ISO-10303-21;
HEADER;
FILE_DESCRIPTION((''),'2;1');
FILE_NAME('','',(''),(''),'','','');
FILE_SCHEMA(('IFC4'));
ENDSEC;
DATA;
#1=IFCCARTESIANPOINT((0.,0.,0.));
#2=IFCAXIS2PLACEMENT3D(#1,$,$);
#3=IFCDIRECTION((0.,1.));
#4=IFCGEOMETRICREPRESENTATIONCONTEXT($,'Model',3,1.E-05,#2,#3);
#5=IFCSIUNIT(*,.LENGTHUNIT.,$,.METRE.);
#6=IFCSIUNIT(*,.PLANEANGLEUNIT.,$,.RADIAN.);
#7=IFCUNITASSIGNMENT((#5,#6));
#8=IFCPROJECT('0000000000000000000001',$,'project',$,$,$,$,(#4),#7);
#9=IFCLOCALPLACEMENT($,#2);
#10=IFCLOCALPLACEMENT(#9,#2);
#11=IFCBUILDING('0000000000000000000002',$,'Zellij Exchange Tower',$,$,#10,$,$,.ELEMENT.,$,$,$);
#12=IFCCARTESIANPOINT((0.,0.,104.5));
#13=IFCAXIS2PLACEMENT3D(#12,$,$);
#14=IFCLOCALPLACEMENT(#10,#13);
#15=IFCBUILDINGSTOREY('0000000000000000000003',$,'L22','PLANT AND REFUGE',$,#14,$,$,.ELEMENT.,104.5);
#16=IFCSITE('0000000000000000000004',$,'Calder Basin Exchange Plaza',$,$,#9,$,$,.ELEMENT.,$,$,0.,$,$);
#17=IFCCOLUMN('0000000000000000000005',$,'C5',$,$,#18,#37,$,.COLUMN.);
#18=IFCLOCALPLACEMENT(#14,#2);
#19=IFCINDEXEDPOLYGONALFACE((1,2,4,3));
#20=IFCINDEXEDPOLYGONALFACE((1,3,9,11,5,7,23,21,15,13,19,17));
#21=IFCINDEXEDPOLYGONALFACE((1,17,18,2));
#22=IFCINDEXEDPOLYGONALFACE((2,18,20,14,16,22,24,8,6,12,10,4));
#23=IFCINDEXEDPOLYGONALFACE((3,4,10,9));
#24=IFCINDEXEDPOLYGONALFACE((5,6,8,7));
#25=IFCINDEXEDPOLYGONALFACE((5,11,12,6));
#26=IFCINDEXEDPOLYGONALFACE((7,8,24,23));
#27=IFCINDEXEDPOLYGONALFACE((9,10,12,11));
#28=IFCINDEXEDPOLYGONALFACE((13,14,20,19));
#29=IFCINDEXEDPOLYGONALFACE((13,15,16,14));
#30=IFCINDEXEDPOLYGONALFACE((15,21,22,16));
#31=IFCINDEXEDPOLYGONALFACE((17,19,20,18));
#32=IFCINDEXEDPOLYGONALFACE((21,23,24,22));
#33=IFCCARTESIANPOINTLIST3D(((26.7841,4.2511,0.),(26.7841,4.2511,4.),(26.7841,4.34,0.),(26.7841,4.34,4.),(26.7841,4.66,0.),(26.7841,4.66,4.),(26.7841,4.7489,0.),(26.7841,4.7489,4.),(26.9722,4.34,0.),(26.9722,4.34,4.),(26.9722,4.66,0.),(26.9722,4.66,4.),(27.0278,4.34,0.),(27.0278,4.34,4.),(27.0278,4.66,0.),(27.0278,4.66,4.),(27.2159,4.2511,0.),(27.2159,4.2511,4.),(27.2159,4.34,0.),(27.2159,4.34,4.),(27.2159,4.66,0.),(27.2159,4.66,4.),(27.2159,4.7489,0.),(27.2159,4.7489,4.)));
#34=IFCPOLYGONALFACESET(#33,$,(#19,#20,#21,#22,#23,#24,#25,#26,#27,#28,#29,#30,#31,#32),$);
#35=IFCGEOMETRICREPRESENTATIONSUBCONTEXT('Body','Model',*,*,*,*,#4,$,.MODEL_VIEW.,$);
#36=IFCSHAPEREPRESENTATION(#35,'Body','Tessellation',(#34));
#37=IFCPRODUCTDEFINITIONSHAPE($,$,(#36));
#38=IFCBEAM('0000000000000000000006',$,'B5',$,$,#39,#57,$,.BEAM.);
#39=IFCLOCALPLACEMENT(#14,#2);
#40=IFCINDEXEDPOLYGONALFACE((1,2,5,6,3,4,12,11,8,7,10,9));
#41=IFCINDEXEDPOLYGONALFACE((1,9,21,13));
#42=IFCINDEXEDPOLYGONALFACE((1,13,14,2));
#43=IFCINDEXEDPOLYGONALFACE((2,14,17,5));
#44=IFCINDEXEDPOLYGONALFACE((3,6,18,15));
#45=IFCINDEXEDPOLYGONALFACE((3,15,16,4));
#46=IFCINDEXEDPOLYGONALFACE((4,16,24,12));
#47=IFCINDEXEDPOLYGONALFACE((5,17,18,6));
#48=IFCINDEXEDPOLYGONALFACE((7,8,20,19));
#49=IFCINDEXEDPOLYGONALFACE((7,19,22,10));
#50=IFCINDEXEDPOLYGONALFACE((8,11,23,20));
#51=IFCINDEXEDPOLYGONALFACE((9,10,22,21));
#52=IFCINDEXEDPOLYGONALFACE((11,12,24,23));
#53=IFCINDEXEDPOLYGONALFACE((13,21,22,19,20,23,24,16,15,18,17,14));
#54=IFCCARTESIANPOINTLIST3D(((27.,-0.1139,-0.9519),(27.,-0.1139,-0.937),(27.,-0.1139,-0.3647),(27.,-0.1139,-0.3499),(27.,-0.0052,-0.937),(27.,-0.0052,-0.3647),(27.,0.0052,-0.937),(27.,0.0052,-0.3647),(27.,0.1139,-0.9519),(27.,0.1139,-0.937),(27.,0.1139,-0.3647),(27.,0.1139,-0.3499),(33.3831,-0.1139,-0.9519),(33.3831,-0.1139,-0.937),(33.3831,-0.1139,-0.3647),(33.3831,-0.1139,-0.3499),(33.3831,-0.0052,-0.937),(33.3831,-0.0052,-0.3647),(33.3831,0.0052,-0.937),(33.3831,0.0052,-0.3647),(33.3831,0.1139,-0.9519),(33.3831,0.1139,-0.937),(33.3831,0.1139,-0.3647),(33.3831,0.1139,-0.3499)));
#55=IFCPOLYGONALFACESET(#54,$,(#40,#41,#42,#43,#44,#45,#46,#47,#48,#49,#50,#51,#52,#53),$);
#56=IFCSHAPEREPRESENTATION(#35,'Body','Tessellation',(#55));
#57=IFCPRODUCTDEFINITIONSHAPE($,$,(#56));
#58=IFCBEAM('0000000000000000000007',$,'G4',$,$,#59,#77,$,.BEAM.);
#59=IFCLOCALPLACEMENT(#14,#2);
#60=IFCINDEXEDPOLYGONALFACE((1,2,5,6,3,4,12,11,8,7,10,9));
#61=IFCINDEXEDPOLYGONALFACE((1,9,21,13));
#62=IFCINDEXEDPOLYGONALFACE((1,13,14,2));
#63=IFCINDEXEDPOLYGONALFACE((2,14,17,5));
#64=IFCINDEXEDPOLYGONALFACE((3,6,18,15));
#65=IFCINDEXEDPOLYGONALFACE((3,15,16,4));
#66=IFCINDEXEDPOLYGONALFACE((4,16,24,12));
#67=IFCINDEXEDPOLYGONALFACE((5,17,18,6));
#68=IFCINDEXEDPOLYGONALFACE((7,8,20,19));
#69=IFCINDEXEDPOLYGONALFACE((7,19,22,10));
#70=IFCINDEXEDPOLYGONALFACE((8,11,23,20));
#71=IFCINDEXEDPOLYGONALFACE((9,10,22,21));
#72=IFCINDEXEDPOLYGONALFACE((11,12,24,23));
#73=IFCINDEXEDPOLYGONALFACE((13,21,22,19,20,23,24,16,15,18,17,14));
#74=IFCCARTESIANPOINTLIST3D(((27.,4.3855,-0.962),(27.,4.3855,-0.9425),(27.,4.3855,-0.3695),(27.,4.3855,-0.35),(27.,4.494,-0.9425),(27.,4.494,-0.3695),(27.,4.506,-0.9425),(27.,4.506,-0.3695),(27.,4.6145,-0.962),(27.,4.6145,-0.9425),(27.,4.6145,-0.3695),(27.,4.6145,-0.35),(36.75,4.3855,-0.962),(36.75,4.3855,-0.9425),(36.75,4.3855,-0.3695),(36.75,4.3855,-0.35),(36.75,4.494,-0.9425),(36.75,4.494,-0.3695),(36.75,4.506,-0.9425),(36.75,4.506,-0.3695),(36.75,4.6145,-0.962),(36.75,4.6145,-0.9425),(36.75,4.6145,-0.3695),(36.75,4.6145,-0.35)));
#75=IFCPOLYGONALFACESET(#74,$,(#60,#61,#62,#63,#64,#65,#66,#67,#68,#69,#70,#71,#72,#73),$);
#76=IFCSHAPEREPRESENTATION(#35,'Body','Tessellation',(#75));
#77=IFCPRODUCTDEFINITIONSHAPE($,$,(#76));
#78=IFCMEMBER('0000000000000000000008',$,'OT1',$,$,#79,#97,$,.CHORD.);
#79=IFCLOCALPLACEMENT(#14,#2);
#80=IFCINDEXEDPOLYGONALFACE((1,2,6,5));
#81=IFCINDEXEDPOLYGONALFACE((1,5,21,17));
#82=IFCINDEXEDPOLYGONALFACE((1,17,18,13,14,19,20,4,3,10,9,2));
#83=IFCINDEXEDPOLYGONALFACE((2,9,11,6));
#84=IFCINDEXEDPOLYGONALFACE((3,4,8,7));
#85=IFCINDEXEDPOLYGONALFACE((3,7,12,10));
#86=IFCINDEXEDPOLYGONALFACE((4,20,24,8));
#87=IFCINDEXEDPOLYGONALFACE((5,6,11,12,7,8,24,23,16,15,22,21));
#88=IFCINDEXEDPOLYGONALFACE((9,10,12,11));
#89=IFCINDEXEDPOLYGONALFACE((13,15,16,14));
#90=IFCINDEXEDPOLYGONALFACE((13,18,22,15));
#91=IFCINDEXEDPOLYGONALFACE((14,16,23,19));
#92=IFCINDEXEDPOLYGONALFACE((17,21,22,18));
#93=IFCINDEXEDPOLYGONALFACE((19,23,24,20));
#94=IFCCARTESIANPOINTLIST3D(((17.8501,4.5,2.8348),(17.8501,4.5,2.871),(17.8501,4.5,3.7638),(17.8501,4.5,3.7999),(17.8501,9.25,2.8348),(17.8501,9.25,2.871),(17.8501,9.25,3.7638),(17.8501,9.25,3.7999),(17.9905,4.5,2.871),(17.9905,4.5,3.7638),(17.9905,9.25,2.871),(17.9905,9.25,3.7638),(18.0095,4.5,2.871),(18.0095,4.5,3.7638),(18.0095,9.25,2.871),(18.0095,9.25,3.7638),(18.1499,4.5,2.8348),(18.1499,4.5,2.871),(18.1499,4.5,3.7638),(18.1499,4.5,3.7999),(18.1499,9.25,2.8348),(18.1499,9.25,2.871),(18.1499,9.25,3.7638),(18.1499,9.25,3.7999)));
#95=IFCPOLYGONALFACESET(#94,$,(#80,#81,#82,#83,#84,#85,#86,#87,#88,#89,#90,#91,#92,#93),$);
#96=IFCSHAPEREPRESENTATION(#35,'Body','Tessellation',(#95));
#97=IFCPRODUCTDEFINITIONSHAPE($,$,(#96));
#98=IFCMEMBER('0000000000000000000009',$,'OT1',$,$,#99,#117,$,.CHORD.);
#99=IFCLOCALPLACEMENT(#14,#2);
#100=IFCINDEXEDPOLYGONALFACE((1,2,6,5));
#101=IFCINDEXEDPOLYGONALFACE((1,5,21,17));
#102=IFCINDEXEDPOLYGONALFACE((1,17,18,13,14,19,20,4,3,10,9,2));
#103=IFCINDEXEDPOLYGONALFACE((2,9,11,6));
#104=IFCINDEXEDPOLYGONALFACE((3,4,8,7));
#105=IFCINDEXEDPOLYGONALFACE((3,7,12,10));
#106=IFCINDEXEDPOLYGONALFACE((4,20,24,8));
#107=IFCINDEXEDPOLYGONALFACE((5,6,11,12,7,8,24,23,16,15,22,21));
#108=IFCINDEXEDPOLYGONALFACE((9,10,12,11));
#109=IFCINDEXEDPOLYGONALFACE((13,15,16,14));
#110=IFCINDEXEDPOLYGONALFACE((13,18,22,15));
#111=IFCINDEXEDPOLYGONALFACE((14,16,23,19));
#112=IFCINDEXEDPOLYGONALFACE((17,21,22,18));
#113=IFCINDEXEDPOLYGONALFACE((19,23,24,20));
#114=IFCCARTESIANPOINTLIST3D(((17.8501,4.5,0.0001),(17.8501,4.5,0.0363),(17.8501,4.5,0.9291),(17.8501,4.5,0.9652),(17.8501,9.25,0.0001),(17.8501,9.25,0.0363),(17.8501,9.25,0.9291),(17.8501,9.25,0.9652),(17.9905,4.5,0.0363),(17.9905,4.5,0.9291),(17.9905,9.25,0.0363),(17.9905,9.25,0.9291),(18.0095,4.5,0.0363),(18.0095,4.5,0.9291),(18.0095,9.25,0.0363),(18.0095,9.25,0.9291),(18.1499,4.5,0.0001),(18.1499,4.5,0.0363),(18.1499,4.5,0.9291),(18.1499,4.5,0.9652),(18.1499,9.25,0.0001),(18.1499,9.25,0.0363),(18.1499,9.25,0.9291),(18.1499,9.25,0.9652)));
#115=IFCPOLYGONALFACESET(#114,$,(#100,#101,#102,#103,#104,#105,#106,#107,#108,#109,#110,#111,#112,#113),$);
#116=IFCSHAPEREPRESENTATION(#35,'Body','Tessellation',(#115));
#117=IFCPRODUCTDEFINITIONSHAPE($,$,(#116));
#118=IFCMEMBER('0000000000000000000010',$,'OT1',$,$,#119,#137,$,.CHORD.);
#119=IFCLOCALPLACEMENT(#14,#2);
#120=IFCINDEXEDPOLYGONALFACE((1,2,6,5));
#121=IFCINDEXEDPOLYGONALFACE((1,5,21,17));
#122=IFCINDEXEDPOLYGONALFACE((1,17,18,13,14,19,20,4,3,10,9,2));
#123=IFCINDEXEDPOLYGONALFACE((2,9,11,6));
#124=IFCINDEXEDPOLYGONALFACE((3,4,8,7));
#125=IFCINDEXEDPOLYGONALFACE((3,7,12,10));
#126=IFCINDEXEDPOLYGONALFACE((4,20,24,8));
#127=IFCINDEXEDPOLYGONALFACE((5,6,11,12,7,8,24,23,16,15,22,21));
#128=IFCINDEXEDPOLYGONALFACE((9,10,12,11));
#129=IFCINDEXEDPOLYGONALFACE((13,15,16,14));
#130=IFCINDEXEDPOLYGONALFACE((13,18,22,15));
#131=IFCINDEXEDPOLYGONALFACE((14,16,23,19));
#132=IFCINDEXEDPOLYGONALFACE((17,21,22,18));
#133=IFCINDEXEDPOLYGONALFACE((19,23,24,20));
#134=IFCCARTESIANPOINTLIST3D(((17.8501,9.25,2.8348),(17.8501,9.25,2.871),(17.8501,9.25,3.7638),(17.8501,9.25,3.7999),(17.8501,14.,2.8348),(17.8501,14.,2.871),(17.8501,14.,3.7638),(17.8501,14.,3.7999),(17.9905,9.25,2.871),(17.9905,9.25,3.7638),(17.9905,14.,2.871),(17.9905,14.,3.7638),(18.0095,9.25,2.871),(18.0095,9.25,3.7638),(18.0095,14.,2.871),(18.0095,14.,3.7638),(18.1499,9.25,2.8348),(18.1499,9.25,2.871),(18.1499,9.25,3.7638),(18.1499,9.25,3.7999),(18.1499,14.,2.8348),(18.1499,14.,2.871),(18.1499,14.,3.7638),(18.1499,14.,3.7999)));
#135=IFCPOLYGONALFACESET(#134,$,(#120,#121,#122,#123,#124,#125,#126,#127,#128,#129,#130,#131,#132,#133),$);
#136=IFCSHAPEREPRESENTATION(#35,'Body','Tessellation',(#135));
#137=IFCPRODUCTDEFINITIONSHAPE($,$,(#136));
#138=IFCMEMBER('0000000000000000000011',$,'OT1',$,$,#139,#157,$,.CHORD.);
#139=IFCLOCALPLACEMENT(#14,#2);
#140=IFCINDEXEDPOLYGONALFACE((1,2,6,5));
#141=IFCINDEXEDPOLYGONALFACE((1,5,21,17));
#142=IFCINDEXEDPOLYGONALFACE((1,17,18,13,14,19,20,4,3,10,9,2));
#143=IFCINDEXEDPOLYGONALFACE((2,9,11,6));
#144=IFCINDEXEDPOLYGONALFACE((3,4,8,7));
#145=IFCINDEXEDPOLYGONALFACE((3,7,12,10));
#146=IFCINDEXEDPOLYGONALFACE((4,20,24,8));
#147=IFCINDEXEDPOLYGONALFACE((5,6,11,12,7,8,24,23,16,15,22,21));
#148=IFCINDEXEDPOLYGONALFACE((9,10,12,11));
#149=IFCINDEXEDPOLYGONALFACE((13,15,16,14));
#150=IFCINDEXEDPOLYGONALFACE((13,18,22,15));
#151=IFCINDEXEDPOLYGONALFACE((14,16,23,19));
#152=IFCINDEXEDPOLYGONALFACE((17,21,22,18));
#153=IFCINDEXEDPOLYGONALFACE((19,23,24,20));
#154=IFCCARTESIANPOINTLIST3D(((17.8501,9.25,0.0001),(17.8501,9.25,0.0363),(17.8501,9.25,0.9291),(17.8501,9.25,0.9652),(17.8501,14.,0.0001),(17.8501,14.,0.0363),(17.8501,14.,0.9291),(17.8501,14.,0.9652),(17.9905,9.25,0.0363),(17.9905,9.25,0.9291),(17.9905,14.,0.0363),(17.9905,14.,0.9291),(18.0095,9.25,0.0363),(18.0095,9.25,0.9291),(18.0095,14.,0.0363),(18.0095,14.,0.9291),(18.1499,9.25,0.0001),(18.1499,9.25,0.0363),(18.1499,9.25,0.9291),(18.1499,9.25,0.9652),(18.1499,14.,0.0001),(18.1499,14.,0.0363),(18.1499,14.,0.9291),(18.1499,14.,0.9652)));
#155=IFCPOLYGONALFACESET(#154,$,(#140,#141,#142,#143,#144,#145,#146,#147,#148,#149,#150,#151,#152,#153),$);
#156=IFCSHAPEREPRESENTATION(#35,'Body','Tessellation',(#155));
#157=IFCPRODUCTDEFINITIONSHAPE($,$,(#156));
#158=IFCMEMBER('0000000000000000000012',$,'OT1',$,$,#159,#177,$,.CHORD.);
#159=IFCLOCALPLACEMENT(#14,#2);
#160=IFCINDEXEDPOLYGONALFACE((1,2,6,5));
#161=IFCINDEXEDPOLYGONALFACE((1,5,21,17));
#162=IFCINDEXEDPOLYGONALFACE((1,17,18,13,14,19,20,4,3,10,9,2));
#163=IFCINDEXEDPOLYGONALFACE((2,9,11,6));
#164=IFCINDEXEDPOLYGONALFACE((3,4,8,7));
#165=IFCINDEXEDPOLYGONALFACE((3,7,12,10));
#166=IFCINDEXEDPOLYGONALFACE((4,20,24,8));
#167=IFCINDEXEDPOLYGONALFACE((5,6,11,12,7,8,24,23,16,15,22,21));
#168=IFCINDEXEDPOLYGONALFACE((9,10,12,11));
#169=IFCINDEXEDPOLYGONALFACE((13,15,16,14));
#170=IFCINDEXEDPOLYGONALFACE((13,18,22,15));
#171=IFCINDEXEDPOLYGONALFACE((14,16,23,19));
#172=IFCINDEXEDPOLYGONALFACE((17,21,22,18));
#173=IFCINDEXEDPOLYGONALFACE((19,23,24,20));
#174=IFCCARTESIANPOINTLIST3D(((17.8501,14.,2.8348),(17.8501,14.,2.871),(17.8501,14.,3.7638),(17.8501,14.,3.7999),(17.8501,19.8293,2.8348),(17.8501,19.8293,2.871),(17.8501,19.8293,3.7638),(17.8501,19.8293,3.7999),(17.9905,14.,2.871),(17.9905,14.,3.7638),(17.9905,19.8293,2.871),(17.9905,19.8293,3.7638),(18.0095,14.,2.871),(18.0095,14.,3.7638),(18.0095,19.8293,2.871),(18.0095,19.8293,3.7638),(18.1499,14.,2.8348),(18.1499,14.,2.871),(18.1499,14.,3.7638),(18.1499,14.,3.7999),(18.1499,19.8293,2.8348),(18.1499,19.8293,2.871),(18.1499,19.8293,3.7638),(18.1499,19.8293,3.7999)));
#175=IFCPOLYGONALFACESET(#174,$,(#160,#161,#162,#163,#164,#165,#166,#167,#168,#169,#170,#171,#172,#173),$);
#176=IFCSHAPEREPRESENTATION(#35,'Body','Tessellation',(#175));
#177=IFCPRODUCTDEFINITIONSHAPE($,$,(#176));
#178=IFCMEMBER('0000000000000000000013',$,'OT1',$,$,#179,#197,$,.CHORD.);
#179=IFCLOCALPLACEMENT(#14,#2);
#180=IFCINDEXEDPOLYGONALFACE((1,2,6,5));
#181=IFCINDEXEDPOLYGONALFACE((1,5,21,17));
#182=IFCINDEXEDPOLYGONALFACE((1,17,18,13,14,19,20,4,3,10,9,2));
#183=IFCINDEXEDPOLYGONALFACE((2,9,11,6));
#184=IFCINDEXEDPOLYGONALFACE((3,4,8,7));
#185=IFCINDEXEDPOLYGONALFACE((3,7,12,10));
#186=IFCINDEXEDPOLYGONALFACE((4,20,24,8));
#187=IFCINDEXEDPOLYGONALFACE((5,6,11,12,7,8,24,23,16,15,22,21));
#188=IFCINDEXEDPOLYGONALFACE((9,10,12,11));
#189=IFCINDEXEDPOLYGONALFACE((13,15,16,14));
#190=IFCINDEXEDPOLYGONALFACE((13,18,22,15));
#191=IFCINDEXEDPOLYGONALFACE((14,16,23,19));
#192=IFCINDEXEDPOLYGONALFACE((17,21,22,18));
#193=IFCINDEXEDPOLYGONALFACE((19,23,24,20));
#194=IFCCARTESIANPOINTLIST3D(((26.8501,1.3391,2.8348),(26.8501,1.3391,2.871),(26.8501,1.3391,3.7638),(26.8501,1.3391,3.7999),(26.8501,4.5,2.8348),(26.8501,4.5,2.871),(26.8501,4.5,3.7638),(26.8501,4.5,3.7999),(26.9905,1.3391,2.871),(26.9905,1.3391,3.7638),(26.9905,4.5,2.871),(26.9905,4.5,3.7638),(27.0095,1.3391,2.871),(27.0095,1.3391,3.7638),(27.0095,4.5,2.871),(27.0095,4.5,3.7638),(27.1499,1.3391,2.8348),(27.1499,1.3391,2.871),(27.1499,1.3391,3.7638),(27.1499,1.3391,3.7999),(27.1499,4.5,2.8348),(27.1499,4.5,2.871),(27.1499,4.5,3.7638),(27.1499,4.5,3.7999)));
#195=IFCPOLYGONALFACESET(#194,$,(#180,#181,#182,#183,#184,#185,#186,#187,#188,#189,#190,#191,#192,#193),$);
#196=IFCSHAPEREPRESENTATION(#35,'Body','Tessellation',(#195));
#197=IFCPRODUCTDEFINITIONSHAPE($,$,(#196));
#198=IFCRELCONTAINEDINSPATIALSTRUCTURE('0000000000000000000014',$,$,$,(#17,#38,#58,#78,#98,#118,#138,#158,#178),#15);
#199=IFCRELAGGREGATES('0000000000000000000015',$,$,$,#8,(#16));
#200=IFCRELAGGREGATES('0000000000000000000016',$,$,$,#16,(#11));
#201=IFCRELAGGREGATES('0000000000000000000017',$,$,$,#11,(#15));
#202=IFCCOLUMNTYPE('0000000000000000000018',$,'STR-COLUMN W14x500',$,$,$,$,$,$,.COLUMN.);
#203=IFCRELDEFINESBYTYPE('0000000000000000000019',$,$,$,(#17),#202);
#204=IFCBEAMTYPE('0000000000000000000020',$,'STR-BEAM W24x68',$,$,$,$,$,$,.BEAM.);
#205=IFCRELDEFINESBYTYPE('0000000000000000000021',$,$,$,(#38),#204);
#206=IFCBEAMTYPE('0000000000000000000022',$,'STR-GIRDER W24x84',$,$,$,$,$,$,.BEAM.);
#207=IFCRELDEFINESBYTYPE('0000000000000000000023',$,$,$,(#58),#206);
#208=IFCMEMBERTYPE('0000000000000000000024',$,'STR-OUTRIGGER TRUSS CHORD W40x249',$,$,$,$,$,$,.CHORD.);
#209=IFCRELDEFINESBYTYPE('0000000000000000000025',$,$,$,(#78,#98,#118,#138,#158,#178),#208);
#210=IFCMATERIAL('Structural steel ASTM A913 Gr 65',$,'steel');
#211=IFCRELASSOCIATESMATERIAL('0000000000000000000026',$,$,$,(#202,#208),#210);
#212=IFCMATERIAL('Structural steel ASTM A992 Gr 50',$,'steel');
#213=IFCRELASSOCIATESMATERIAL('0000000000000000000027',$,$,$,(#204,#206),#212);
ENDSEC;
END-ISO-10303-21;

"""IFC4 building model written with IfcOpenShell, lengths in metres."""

from ifc_helpers import new_model, si_unit, direction, frame, origin, origin_2d, place, context, subcontext, project, spatial, i_section, extrude, material, material_profile, profile_set, type_object, element, save


model = new_model("IFC4")

# Units and contexts
model_context = context("Model", 3, precision=1e-05, world=origin(), true_north=direction((0.0, 1.0)))
body_context = subcontext(model_context, "Body", "Model", "MODEL_VIEW")
ifc_project = project(units=[si_unit("LENGTHUNIT", "METRE"), si_unit("PLANEANGLEUNIT", "RADIAN")], contexts=[model_context])

# Site, building, storey
site_placement = place(None, origin())
site = spatial("IfcSite", under=ifc_project, at=site_placement, Name="Calder Basin Exchange Plaza", CompositionType="ELEMENT", RefElevation=0.0)
building_placement = place(site_placement, origin())
building = spatial("IfcBuilding", under=site, at=building_placement, Name="Zellij Exchange Tower", CompositionType="ELEMENT")
storey_placement = place(building_placement, frame((0.0, 0.0, 104.5)))
storey = spatial("IfcBuildingStorey", under=building, at=storey_placement, Name="L22", Description="PLANT AND REFUGE", CompositionType="ELEMENT", Elevation=104.5)

# Column
ifc_material_1 = material(Name="Structural steel ASTM A913 Gr 65", Category="steel")
ifc_material_profile_1 = material_profile(ifc_material_1, i_section(OverallWidth=0.4319, OverallDepth=0.4978, WebThickness=0.0557, FlangeThickness=0.0889, at=origin_2d()), Name="W14x500")
ifc_profile_set_1 = profile_set([ifc_material_profile_1], Name="Structural steel ASTM A913 Gr 65")
column_type = type_object("IfcColumnType", Name="STR-COLUMN W14x500", PredefinedType="COLUMN", material=ifc_profile_set_1)
column_placement = place(storey_placement, frame((27.0, 4.5, 0.0), z_axis=(0.0, 0.0, 1.0), x_axis=(1.0, 0.0, 0.0)))
element("IfcColumn", 1, at=column_placement, inside=storey, type_object=column_type, Name="C5", PredefinedType="COLUMN", context=body_context, shape_type="SweptSolid", body=[
    extrude(i_section(OverallWidth=0.4319, OverallDepth=0.4978, WebThickness=0.0557, FlangeThickness=0.0889, at=origin_2d()), origin(), (0.0, 0.0, 1.0), 4.0),
])

# Beams
ifc_material_2 = material(Name="Structural steel ASTM A992 Gr 50", Category="steel")
ifc_material_profile_2 = material_profile(ifc_material_2, i_section(OverallWidth=0.2278, OverallDepth=0.6021, WebThickness=0.0105, FlangeThickness=0.0149, at=origin_2d()), Name="W24x68")
ifc_profile_set_2 = profile_set([ifc_material_profile_2], Name="Structural steel ASTM A992 Gr 50")
beam_type_1 = type_object("IfcBeamType", Name="STR-BEAM W24x68", PredefinedType="BEAM", material=ifc_profile_set_2)
beam_1_placement = place(storey_placement, frame((27.0, 0.0, -0.6509), z_axis=(1.0, 0.0, 0.0), x_axis=(0.0, 1.0, 0.0)))
element("IfcBeam", 2, at=beam_1_placement, inside=storey, type_object=beam_type_1, Name="B5", PredefinedType="BEAM", context=body_context, shape_type="SweptSolid", body=[
    extrude(i_section(OverallWidth=0.2278, OverallDepth=0.6021, WebThickness=0.0105, FlangeThickness=0.0149, at=origin_2d()), origin(), (0.0, 0.0, 1.0), 6.3831),
])
ifc_material_profile_3 = material_profile(ifc_material_2, i_section(OverallWidth=0.229, OverallDepth=0.6121, WebThickness=0.012, FlangeThickness=0.0195, at=origin_2d()), Name="W24x84")
ifc_profile_set_3 = profile_set([ifc_material_profile_3], Name="Structural steel ASTM A992 Gr 50")
beam_type_2 = type_object("IfcBeamType", Name="STR-GIRDER W24x84", PredefinedType="BEAM", material=ifc_profile_set_3)
beam_2_placement = place(storey_placement, frame((27.0, 4.5, -0.656), z_axis=(1.0, 0.0, 0.0), x_axis=(0.0, 1.0, 0.0)))
element("IfcBeam", 3, at=beam_2_placement, inside=storey, type_object=beam_type_2, Name="G4", PredefinedType="BEAM", context=body_context, shape_type="SweptSolid", body=[
    extrude(i_section(OverallWidth=0.229, OverallDepth=0.6121, WebThickness=0.012, FlangeThickness=0.0195, at=origin_2d()), origin(), (0.0, 0.0, 1.0), 9.75),
])

# Members
ifc_material_profile_4 = material_profile(ifc_material_1, i_section(OverallWidth=0.2998, OverallDepth=0.9651, WebThickness=0.019, FlangeThickness=0.0361, at=origin_2d()), Name="W40x249")
ifc_profile_set_4 = profile_set([ifc_material_profile_4], Name="Structural steel ASTM A913 Gr 65")
member_type_1 = type_object("IfcMemberType", Name="STR-OUTRIGGER TRUSS CHORD W40x249", PredefinedType="CHORD", material=ifc_profile_set_4)
for number, where, z_axis, x_axis, name in (
    (4, (18.0, 4.5, 3.3174), (0.0, 1.0, 0.0), (-1.0, 0.0, 0.0), "OT1"),
    (5, (18.0, 4.5, 0.4827), (0.0, 1.0, 0.0), (-1.0, 0.0, 0.0), "OT1"),
    (6, (18.0, 9.25, 3.3174), (0.0, 1.0, 0.0), (-1.0, 0.0, 0.0), "OT1"),
    (7, (18.0, 9.25, 0.4827), (0.0, 1.0, 0.0), (-1.0, 0.0, 0.0), "OT1"),
):
    element("IfcMember", number, at=place(storey_placement, frame(where, z_axis=z_axis, x_axis=x_axis)), inside=storey, type_object=member_type_1, Name=name, PredefinedType="CHORD", context=body_context, shape_type="SweptSolid", body=[
        extrude(i_section(OverallWidth=0.2998, OverallDepth=0.9651, WebThickness=0.019, FlangeThickness=0.0361, at=origin_2d()), origin(), (0.0, 0.0, 1.0), 4.75),
    ])
member_1_placement = place(storey_placement, frame((18.0, 14.0, 3.3174), z_axis=(0.0, 1.0, 0.0), x_axis=(-1.0, 0.0, 0.0)))
element("IfcMember", 8, at=member_1_placement, inside=storey, type_object=member_type_1, Name="OT1", PredefinedType="CHORD", context=body_context, shape_type="SweptSolid", body=[
    extrude(i_section(OverallWidth=0.2998, OverallDepth=0.9651, WebThickness=0.019, FlangeThickness=0.0361, at=origin_2d()), origin(), (0.0, 0.0, 1.0), 5.8293),
])
for number, where, z_axis, x_axis, name in (
    (9, (27.0, 1.3391, 3.3174), (0.0, 1.0, 0.0), (-1.0, 0.0, 0.0), "OT1"),
):
    element("IfcMember", number, at=place(storey_placement, frame(where, z_axis=z_axis, x_axis=x_axis)), inside=storey, type_object=member_type_1, Name=name, PredefinedType="CHORD", context=body_context, shape_type="SweptSolid", body=[
        extrude(i_section(OverallWidth=0.2998, OverallDepth=0.9651, WebThickness=0.019, FlangeThickness=0.0361, at=origin_2d()), origin(), (0.0, 0.0, 1.0), 3.1609),
    ])

save(model, "model.ifc")
